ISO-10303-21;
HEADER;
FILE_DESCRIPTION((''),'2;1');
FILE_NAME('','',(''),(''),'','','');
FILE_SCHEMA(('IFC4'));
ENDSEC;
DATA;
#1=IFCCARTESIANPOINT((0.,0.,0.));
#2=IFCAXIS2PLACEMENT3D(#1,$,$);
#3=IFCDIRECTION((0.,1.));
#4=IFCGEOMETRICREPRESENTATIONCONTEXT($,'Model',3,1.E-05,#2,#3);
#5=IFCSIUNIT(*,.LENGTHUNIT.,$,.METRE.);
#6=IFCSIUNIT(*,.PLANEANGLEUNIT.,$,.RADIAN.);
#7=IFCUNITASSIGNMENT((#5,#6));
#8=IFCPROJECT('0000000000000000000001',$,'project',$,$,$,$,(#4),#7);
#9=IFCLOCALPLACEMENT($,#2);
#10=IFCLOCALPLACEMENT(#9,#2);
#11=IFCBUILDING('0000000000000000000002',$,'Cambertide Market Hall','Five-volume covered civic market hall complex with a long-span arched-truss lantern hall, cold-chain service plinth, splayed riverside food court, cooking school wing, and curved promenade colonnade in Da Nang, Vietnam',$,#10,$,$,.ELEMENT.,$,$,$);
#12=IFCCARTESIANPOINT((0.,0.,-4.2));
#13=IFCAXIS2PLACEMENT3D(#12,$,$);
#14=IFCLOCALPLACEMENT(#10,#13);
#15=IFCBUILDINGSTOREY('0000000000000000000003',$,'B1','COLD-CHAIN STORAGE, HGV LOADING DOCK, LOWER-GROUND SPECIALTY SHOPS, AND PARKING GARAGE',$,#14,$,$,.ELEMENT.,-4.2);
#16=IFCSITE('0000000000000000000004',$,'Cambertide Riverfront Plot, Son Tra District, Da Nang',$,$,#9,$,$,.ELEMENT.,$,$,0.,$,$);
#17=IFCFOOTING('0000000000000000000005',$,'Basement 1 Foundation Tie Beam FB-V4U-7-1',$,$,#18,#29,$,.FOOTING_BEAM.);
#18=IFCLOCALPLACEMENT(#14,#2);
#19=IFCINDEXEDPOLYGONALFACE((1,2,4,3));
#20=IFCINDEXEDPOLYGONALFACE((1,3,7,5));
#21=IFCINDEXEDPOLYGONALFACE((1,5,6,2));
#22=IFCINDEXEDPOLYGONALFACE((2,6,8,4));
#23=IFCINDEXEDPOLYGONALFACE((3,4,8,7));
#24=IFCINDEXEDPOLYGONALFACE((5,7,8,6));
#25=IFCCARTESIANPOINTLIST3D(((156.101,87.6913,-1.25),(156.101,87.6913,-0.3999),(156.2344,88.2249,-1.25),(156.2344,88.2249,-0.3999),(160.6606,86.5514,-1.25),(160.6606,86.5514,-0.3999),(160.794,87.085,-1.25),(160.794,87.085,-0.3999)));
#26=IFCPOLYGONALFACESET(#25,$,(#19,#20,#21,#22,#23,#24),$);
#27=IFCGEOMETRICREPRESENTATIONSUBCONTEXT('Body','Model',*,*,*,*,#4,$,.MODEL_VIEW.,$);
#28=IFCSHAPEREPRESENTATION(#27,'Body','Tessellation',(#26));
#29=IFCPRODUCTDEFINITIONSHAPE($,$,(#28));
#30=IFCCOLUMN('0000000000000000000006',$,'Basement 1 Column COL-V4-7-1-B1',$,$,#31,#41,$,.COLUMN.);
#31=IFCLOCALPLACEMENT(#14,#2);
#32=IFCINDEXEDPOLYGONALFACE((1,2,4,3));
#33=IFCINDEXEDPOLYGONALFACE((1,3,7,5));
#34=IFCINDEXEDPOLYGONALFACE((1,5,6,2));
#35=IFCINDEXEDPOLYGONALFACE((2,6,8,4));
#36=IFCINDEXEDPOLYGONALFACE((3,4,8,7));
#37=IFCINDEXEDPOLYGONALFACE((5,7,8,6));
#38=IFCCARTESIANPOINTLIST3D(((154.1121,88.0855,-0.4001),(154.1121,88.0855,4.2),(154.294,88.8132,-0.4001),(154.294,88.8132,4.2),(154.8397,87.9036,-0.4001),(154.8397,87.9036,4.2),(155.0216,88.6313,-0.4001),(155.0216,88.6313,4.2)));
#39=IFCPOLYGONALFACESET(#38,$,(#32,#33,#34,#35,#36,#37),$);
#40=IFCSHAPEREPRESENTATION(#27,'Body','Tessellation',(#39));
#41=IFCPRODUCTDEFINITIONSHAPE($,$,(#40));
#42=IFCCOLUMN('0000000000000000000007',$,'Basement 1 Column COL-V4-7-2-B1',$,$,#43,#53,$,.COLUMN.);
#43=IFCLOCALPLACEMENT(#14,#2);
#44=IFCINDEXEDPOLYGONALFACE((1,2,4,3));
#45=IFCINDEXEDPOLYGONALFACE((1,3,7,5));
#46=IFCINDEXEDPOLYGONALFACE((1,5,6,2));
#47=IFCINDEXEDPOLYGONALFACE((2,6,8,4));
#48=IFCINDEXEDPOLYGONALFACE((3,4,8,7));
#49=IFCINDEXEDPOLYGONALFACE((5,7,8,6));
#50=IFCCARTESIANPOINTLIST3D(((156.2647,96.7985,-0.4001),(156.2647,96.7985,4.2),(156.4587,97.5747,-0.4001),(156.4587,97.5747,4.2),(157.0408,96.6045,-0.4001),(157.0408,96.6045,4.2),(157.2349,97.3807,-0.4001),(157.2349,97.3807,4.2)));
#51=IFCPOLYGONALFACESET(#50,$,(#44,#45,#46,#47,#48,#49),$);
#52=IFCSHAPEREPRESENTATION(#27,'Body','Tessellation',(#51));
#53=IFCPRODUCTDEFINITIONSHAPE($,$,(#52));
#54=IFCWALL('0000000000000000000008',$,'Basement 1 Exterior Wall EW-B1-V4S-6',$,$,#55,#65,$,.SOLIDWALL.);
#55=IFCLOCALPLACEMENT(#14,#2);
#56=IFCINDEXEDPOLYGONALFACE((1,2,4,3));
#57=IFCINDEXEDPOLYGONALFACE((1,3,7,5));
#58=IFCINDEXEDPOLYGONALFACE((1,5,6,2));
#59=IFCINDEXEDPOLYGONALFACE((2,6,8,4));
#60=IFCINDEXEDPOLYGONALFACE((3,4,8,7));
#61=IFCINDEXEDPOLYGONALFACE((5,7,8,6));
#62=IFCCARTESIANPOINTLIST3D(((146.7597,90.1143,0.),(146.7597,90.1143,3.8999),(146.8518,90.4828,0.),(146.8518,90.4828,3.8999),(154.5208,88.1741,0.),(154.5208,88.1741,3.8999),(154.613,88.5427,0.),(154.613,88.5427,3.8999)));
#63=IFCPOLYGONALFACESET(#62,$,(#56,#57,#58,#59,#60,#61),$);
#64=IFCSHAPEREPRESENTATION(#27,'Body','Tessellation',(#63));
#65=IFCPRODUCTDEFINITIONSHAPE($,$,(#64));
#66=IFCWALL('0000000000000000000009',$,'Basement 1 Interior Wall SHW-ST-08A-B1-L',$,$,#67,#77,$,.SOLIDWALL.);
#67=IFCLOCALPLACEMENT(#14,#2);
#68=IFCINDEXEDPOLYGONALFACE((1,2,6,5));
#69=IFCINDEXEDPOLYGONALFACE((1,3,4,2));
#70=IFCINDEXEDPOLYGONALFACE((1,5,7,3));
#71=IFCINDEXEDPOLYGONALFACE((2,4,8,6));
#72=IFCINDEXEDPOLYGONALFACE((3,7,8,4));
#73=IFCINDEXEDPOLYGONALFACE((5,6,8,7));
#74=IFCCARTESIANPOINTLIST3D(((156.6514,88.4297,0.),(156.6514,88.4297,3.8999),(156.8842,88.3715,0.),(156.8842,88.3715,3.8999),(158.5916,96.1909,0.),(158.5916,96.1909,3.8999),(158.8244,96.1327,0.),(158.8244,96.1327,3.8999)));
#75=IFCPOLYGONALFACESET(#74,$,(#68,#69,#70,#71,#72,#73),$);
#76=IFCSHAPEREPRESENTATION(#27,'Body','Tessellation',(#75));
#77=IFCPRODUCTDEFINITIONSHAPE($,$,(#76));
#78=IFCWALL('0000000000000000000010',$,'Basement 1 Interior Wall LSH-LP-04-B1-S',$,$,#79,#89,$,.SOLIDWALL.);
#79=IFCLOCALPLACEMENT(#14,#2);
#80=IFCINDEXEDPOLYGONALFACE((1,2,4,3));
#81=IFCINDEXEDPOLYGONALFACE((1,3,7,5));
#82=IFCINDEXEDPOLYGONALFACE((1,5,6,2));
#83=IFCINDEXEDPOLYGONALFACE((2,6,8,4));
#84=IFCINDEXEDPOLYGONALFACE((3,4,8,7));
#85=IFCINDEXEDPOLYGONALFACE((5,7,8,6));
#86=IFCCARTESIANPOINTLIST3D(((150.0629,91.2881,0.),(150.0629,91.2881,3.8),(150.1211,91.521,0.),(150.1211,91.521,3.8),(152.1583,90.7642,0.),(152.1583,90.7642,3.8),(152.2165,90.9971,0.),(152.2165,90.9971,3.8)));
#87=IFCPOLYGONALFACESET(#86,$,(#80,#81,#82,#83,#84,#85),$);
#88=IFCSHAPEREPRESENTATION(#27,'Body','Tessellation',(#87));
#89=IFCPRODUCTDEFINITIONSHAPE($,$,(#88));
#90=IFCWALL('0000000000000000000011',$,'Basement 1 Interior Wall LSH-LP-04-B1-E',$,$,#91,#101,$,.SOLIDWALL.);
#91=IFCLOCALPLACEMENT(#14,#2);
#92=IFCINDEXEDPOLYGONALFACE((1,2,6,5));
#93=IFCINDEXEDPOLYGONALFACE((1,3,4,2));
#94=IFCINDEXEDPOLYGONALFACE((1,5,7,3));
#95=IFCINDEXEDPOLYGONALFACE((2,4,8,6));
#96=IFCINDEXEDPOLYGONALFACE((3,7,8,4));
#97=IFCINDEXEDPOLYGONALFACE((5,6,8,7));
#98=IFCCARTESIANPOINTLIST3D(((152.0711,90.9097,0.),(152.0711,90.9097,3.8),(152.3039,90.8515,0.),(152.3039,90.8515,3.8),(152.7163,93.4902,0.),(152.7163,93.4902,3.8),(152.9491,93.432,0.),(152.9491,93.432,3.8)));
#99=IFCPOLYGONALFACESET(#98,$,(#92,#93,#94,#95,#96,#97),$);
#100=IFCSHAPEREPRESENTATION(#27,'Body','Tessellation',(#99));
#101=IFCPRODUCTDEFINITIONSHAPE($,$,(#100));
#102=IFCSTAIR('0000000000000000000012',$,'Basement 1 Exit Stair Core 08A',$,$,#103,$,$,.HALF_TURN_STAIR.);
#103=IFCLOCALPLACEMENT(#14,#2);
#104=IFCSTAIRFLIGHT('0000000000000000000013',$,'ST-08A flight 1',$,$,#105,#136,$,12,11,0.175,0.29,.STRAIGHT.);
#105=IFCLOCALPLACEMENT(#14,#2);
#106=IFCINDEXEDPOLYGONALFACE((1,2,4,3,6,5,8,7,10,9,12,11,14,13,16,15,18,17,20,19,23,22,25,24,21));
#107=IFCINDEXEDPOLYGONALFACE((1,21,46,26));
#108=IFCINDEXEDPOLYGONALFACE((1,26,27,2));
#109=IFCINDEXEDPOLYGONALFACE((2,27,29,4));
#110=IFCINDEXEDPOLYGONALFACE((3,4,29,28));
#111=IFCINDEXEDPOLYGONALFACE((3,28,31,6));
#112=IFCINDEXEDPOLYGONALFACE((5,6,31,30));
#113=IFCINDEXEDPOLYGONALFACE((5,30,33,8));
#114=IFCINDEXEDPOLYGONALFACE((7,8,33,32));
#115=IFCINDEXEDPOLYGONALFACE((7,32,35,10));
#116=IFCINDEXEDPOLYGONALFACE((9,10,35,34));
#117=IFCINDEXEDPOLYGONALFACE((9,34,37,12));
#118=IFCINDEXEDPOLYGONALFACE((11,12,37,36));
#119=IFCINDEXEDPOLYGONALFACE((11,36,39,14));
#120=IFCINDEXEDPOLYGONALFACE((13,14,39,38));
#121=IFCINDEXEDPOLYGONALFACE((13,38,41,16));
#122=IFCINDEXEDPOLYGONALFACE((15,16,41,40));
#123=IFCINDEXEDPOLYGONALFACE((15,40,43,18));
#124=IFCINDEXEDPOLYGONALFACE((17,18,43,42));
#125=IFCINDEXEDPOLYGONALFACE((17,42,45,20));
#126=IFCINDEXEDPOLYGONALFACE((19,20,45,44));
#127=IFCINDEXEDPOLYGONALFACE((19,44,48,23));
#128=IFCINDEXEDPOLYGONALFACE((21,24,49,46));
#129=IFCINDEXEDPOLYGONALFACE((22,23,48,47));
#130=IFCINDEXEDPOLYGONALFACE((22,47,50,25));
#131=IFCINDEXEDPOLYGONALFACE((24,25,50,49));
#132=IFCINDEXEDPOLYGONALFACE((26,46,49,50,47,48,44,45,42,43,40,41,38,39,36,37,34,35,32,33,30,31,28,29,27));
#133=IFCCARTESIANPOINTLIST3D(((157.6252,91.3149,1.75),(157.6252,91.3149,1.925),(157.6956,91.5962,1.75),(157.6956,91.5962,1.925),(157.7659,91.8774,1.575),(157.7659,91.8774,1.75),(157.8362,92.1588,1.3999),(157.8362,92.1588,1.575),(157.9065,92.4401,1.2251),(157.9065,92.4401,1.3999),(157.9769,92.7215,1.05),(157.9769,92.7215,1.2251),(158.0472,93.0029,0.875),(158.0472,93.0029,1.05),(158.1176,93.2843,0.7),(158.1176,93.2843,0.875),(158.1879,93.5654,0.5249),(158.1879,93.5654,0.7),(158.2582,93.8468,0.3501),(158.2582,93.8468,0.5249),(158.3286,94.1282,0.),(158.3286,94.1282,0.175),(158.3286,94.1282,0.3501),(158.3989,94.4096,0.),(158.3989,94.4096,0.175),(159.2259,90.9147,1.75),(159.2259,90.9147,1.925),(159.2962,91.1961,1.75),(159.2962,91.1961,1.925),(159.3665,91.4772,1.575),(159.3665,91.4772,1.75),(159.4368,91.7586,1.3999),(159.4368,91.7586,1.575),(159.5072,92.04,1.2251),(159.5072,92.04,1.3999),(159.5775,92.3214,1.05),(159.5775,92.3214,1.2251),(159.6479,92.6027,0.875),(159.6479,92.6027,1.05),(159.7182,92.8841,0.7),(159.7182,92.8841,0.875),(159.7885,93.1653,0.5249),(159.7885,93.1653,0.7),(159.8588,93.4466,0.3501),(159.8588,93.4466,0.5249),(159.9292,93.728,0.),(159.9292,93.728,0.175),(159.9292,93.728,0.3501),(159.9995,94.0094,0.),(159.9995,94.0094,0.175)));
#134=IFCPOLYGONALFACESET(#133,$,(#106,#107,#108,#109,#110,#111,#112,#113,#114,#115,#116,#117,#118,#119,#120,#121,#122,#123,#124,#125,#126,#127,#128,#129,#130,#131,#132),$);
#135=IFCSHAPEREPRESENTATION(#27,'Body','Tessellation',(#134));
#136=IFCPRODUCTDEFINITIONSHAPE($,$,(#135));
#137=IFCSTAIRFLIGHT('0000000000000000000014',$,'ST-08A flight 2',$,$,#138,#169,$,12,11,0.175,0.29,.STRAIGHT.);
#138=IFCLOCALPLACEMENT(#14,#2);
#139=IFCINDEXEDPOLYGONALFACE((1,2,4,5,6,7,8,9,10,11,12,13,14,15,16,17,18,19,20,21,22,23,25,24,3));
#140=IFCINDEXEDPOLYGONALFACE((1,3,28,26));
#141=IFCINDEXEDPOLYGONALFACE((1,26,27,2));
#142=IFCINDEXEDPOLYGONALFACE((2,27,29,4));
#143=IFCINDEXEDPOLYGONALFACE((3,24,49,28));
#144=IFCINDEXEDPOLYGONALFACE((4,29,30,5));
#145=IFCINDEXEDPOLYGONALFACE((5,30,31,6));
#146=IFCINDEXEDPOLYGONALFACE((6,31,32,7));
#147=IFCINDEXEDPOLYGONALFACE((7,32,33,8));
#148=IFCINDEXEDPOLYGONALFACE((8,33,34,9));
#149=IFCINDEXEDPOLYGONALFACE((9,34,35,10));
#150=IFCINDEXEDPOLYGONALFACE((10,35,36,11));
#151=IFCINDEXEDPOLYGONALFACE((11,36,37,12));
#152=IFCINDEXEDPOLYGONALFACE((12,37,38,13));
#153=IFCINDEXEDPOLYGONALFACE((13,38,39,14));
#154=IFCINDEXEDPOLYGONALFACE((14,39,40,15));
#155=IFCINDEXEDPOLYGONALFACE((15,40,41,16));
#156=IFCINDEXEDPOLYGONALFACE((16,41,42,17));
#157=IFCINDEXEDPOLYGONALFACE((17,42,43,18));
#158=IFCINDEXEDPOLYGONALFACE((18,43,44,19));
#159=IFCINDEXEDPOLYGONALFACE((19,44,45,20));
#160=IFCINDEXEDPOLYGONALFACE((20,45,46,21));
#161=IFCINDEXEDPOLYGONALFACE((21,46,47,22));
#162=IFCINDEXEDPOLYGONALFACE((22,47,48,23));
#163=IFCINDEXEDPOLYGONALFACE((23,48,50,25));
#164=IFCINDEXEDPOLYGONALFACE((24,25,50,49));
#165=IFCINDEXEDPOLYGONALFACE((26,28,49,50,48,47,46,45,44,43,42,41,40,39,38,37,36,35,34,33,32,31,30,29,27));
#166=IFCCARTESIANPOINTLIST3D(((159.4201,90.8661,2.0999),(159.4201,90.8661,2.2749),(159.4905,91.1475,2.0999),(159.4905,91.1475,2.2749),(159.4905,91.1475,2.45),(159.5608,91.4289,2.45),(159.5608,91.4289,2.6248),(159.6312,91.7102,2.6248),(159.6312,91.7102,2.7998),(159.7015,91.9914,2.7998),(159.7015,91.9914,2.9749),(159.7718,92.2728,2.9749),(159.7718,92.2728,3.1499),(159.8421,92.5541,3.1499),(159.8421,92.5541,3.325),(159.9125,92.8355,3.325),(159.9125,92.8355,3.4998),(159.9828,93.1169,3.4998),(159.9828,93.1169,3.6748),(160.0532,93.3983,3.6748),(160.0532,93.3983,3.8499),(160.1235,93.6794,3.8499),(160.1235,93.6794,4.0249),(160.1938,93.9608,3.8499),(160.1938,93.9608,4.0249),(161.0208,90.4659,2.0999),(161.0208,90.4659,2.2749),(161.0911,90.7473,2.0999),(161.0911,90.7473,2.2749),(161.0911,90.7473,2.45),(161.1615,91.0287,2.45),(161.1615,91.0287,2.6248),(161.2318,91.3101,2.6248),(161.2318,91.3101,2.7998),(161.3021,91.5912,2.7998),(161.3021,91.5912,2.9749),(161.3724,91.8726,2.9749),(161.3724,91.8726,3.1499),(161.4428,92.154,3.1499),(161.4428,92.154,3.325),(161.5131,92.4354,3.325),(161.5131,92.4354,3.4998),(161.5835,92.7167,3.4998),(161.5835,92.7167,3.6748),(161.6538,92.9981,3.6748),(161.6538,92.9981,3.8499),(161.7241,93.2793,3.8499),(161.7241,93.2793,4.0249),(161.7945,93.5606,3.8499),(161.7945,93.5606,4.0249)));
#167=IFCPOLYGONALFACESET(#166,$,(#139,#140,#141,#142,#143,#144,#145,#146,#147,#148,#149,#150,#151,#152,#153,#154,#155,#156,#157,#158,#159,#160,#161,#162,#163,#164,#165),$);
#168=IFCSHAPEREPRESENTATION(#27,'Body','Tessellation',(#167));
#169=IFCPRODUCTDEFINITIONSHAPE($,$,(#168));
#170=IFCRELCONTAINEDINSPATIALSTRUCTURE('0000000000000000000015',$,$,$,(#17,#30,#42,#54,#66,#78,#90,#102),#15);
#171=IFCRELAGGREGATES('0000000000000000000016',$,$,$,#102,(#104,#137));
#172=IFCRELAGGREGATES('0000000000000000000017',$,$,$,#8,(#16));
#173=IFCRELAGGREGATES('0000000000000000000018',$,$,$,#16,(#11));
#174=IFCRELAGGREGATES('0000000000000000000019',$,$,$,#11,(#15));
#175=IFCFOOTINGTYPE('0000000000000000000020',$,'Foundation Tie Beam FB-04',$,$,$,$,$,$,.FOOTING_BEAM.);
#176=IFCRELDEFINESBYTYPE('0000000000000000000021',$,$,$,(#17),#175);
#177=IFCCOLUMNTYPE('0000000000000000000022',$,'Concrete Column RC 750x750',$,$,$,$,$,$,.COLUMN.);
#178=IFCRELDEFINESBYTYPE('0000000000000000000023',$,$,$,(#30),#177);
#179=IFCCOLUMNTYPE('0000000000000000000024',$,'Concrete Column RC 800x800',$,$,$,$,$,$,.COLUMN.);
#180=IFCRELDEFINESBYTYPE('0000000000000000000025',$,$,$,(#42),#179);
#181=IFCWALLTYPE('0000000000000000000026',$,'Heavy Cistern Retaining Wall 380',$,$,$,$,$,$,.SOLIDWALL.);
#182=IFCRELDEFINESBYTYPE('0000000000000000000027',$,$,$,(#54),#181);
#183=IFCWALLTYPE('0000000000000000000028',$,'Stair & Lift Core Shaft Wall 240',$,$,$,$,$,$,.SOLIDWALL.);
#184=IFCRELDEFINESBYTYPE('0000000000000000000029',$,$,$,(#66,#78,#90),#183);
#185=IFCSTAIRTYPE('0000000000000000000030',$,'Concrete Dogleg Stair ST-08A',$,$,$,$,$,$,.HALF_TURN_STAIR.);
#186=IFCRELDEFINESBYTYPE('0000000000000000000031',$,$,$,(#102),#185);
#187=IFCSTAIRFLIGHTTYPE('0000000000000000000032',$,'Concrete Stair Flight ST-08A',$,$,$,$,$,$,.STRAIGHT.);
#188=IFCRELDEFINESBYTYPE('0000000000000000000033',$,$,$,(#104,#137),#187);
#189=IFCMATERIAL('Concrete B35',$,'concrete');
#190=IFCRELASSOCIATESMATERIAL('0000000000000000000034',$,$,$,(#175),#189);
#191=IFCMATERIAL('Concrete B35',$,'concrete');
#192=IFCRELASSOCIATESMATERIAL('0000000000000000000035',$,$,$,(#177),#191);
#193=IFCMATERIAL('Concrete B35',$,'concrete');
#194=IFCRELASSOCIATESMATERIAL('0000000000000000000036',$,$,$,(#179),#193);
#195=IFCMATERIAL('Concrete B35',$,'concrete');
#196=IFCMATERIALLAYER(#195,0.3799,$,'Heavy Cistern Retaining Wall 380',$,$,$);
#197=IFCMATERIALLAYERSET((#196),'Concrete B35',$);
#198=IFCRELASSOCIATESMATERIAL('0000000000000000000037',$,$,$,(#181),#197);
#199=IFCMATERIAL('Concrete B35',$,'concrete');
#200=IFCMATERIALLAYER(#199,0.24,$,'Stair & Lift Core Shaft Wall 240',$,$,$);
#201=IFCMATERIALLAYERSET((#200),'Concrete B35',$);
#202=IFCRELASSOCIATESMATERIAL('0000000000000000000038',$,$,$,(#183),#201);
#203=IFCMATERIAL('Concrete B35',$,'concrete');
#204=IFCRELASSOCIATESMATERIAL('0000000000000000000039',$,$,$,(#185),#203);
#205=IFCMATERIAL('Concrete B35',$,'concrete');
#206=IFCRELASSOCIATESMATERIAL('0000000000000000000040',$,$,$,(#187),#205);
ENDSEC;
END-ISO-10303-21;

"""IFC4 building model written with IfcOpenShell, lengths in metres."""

from ifc_helpers import new_model, si_unit, direction, frame, frame_2d, origin, origin_2d, place, context, subcontext, project, spatial, polyline, rectangle, outline, extrude, material, layer, layer_set, material_profile, profile_set, type_object, element, aggregate, save


model = new_model("IFC4")

# Units and contexts
model_context = context("Model", 3, precision=1e-05, world=origin(), true_north=direction((0.0, 1.0)))
body_context = subcontext(model_context, "Body", "Model", "MODEL_VIEW")
ifc_project = project(units=[si_unit("LENGTHUNIT", "METRE"), si_unit("PLANEANGLEUNIT", "RADIAN")], contexts=[model_context])

# Site, building, storey
site_placement = place(None, origin())
site = spatial("IfcSite", under=ifc_project, at=site_placement, Name="Cambertide Riverfront Plot, Son Tra District, Da Nang", CompositionType="ELEMENT", RefElevation=0.0)
building_placement = place(site_placement, origin())
building = spatial("IfcBuilding", under=site, at=building_placement, Name="Cambertide Market Hall", Description="Five-volume covered civic market hall complex with a long-span arched-truss lantern hall, cold-chain service plinth, splayed riverside food court, cooking school wing, and curved promenade colonnade in Da Nang, Vietnam", CompositionType="ELEMENT")
storey_placement = place(building_placement, frame((0.0, 0.0, -4.2)))
storey = spatial("IfcBuildingStorey", under=building, at=storey_placement, Name="B1", Description="COLD-CHAIN STORAGE, HGV LOADING DOCK, LOWER-GROUND SPECIALTY SHOPS, AND PARKING GARAGE", CompositionType="ELEMENT", Elevation=-4.2)

# Footing
ifc_material_1 = material(Name="Concrete B35", Category="concrete")
footing_type_1 = type_object("IfcFootingType", Name="Foundation Tie Beam FB-04", PredefinedType="FOOTING_BEAM", material=ifc_material_1)
footing_1_placement = place(storey_placement, frame((158.4475, 87.3882, -1.25), z_axis=(0.0, 0.0, 1.0), x_axis=(0.970143, -0.242536, 0.0)))
element("IfcFooting", 1, at=footing_1_placement, inside=storey, type_object=footing_type_1, Name="Basement 1 Foundation Tie Beam FB-V4U-7-1", PredefinedType="FOOTING_BEAM", context=body_context, shape_type="SweptSolid", body=[
    extrude(rectangle(XDim=4.7, YDim=0.55, at=origin_2d()), origin(), (0.0, 0.0, 1.0), 0.8501),
])

# Columns
ifc_material_2 = material(Name="Concrete B35", Category="concrete")
ifc_material_profile_1 = material_profile(ifc_material_2, rectangle(XDim=0.75, YDim=0.75, at=origin_2d()), Name="RC 750x750")
ifc_profile_set_1 = profile_set([ifc_material_profile_1], Name="Concrete B35")
column_type_1 = type_object("IfcColumnType", Name="Concrete Column RC 750x750", PredefinedType="COLUMN", material=ifc_profile_set_1)
column_1_placement = place(storey_placement, frame((154.5669, 88.3584, -0.4001), z_axis=(0.0, 0.0, 1.0), x_axis=(0.970143, -0.242536, 0.0)))
element("IfcColumn", 2, at=column_1_placement, inside=storey, type_object=column_type_1, Name="Basement 1 Column COL-V4-7-1-B1", PredefinedType="COLUMN", context=body_context, shape_type="SweptSolid", body=[
    extrude(rectangle(XDim=0.75, YDim=0.75, at=origin_2d()), origin(), (0.0, 0.0, 1.0), 4.6001),
])
ifc_material_3 = material(Name="Concrete B35", Category="concrete")
ifc_material_profile_2 = material_profile(ifc_material_3, rectangle(XDim=0.8, YDim=0.8, at=origin_2d()), Name="RC 800x800")
ifc_profile_set_2 = profile_set([ifc_material_profile_2], Name="Concrete B35")
column_type_2 = type_object("IfcColumnType", Name="Concrete Column RC 800x800", PredefinedType="COLUMN", material=ifc_profile_set_2)
column_2_placement = place(storey_placement, frame((156.7498, 97.0896, -0.4001), z_axis=(0.0, 0.0, 1.0), x_axis=(0.970143, -0.242536, 0.0)))
element("IfcColumn", 3, at=column_2_placement, inside=storey, type_object=column_type_2, Name="Basement 1 Column COL-V4-7-2-B1", PredefinedType="COLUMN", context=body_context, shape_type="SweptSolid", body=[
    extrude(rectangle(XDim=0.8, YDim=0.8, at=origin_2d()), origin(), (0.0, 0.0, 1.0), 4.6001),
])

# Wall
ifc_material_4 = material(Name="Concrete B35", Category="concrete")
ifc_layer_1 = layer(ifc_material_4, 0.3799, Name="Heavy Cistern Retaining Wall 380")
ifc_layer_set_1 = layer_set([ifc_layer_1], Name="Concrete B35")
wall_type_1 = type_object("IfcWallType", Name="Heavy Cistern Retaining Wall 380", PredefinedType="SOLIDWALL", material=ifc_layer_set_1)
wall_1_placement = place(storey_placement, frame((154.5669, 88.3584, 0.0), z_axis=(0.0, 0.0, 1.0), x_axis=(-0.970146, 0.242521, 0.0)))
element("IfcWall", 4, at=wall_1_placement, inside=storey, type_object=wall_type_1, Name="Basement 1 Exterior Wall EW-B1-V4S-6", PredefinedType="SOLIDWALL", context=body_context, shape_type="SweptSolid", body=[
    extrude(rectangle(XDim=8.0, YDim=0.3799, at=frame_2d((4.0, 0.0))), origin(), (0.0, 0.0, 1.0), 3.8999),
])

# Shared definitions
ifc_material_5 = material(Name="Concrete B35", Category="concrete")
ifc_layer_2 = layer(ifc_material_5, 0.24, Name="Stair & Lift Core Shaft Wall 240")
ifc_layer_set_2 = layer_set([ifc_layer_2], Name="Concrete B35")
wall_type_2 = type_object("IfcWallType", Name="Stair & Lift Core Shaft Wall 240", PredefinedType="SOLIDWALL", material=ifc_layer_set_2)

# Walls
wall_2_placement = place(storey_placement, frame((156.7678, 88.4006, 0.0), z_axis=(0.0, 0.0, 1.0), x_axis=(0.242521, 0.970146, 0.0)))
element("IfcWall", 5, at=wall_2_placement, inside=storey, type_object=wall_type_2, Name="Basement 1 Interior Wall SHW-ST-08A-B1-L", PredefinedType="SOLIDWALL", context=body_context, shape_type="SweptSolid", body=[
    extrude(rectangle(XDim=8.0, YDim=0.24, at=frame_2d((4.0, 0.0))), origin(), (0.0, 0.0, 1.0), 3.8999),
])
wall_3_placement = place(storey_placement, frame((152.1875, 90.8806, 0.0), z_axis=(0.0, 0.0, 1.0), x_axis=(-0.970136, 0.242562, 0.0)))
element("IfcWall", 6, at=wall_3_placement, inside=storey, type_object=wall_type_2, Name="Basement 1 Interior Wall LSH-LP-04-B1-S", PredefinedType="SOLIDWALL", context=body_context, shape_type="SweptSolid", body=[
    extrude(rectangle(XDim=2.1599, YDim=0.24, at=frame_2d((1.0801, 0.0))), origin(), (0.0, 0.0, 1.0), 3.8),
])
wall_4_placement = place(storey_placement, frame((152.8328, 93.4612, 0.0), z_axis=(0.0, 0.0, 1.0), x_axis=(-0.242579, -0.970132, 0.0)))
element("IfcWall", 7, at=wall_4_placement, inside=storey, type_object=wall_type_2, Name="Basement 1 Interior Wall LSH-LP-04-B1-E", PredefinedType="SOLIDWALL", context=body_context, shape_type="SweptSolid", body=[
    extrude(rectangle(XDim=2.6599, YDim=0.24, at=frame_2d((1.3301, 0.0))), origin(), (0.0, 0.0, 1.0), 3.8),
])

# Stair, stair flights
ifc_material_6 = material(Name="Concrete B35", Category="concrete")
stair_type = type_object("IfcStairType", Name="Concrete Dogleg Stair ST-08A", PredefinedType="HALF_TURN_STAIR", material=ifc_material_6)
stair_placement = place(storey_placement, origin())
stair = element("IfcStair", 8, at=stair_placement, inside=storey, type_object=stair_type, Name="Basement 1 Exit Stair Core 08A", PredefinedType="HALF_TURN_STAIR")
ifc_material_7 = material(Name="Concrete B35", Category="concrete")
stair_flight_type = type_object("IfcStairFlightType", Name="Concrete Stair Flight ST-08A", PredefinedType="STRAIGHT", material=ifc_material_7)
stair_flight_1_placement = place(storey_placement, frame((159.1992, 94.2095, 0.0), z_axis=(0.0, 0.0, 1.0), x_axis=(-0.242536, -0.970143, 0.0)))
stair_flight_1 = element("IfcStairFlight", 9, at=stair_flight_1_placement, type_object=stair_flight_type, Name="ST-08A flight 1", NumberOfRisers=12, NumberOfTreads=11, PredefinedType="STRAIGHT", RiserHeight=0.175, TreadLength=0.29, context=body_context, shape_type="SweptSolid", body=[
    extrude(outline(polyline([(0.0, 0.0), (0.0, 0.175), (0.29, 0.175), (0.29, 0.3501), (0.5801, 0.3501), (0.5801, 0.5249), (0.8701, 0.5249), (0.8701, 0.7), (1.1599, 0.7), (1.1599, 0.875), (1.45, 0.875), (1.45, 1.05), (1.74, 1.05), (1.74, 1.2251), (2.03, 1.2251), (2.03, 1.3999), (2.3201, 1.3999), (2.3201, 1.575), (2.6101, 1.575), (2.6101, 1.75), (2.8999, 1.75), (2.8999, 1.925), (3.1899, 1.925), (3.1899, 2.1001), (3.1899, 1.75), (0.29, 0.0), (0.0, 0.0)])), frame((0.0, 0.825, 0.0), z_axis=(0.0, -1.0, 0.0), x_axis=(1.0, 0.0, 0.0)), (0.0, 0.0, 1.0), 1.6499),
])
stair_flight_2_placement = place(storey_placement, frame((160.2205, 90.666, 2.0999), z_axis=(0.0, 0.0, 1.0), x_axis=(0.242536, 0.970143, 0.0)))
stair_flight_2 = element("IfcStairFlight", 10, at=stair_flight_2_placement, type_object=stair_flight_type, Name="ST-08A flight 2", NumberOfRisers=12, NumberOfTreads=11, PredefinedType="STRAIGHT", RiserHeight=0.175, TreadLength=0.29, context=body_context, shape_type="SweptSolid", body=[
    extrude(outline(polyline([(0.0, 0.0), (0.0, 0.175), (0.29, 0.175), (0.29, 0.3501), (0.5801, 0.3501), (0.5801, 0.5249), (0.8701, 0.5249), (0.8701, 0.7), (1.1599, 0.7), (1.1599, 0.875), (1.45, 0.875), (1.45, 1.05), (1.74, 1.05), (1.74, 1.2251), (2.03, 1.2251), (2.03, 1.3999), (2.3201, 1.3999), (2.3201, 1.575), (2.6101, 1.575), (2.6101, 1.75), (2.8999, 1.75), (2.8999, 1.925), (3.1899, 1.925), (3.1899, 2.1001), (3.1899, 1.75), (0.29, 0.0), (0.0, 0.0)])), frame((0.0, 0.825, 0.0), z_axis=(0.0, -1.0, 0.0), x_axis=(1.0, 0.0, 0.0)), (0.0, 0.0, 1.0), 1.6499),
])
aggregate(stair, [stair_flight_1, stair_flight_2])

save(model, "model.ifc")
